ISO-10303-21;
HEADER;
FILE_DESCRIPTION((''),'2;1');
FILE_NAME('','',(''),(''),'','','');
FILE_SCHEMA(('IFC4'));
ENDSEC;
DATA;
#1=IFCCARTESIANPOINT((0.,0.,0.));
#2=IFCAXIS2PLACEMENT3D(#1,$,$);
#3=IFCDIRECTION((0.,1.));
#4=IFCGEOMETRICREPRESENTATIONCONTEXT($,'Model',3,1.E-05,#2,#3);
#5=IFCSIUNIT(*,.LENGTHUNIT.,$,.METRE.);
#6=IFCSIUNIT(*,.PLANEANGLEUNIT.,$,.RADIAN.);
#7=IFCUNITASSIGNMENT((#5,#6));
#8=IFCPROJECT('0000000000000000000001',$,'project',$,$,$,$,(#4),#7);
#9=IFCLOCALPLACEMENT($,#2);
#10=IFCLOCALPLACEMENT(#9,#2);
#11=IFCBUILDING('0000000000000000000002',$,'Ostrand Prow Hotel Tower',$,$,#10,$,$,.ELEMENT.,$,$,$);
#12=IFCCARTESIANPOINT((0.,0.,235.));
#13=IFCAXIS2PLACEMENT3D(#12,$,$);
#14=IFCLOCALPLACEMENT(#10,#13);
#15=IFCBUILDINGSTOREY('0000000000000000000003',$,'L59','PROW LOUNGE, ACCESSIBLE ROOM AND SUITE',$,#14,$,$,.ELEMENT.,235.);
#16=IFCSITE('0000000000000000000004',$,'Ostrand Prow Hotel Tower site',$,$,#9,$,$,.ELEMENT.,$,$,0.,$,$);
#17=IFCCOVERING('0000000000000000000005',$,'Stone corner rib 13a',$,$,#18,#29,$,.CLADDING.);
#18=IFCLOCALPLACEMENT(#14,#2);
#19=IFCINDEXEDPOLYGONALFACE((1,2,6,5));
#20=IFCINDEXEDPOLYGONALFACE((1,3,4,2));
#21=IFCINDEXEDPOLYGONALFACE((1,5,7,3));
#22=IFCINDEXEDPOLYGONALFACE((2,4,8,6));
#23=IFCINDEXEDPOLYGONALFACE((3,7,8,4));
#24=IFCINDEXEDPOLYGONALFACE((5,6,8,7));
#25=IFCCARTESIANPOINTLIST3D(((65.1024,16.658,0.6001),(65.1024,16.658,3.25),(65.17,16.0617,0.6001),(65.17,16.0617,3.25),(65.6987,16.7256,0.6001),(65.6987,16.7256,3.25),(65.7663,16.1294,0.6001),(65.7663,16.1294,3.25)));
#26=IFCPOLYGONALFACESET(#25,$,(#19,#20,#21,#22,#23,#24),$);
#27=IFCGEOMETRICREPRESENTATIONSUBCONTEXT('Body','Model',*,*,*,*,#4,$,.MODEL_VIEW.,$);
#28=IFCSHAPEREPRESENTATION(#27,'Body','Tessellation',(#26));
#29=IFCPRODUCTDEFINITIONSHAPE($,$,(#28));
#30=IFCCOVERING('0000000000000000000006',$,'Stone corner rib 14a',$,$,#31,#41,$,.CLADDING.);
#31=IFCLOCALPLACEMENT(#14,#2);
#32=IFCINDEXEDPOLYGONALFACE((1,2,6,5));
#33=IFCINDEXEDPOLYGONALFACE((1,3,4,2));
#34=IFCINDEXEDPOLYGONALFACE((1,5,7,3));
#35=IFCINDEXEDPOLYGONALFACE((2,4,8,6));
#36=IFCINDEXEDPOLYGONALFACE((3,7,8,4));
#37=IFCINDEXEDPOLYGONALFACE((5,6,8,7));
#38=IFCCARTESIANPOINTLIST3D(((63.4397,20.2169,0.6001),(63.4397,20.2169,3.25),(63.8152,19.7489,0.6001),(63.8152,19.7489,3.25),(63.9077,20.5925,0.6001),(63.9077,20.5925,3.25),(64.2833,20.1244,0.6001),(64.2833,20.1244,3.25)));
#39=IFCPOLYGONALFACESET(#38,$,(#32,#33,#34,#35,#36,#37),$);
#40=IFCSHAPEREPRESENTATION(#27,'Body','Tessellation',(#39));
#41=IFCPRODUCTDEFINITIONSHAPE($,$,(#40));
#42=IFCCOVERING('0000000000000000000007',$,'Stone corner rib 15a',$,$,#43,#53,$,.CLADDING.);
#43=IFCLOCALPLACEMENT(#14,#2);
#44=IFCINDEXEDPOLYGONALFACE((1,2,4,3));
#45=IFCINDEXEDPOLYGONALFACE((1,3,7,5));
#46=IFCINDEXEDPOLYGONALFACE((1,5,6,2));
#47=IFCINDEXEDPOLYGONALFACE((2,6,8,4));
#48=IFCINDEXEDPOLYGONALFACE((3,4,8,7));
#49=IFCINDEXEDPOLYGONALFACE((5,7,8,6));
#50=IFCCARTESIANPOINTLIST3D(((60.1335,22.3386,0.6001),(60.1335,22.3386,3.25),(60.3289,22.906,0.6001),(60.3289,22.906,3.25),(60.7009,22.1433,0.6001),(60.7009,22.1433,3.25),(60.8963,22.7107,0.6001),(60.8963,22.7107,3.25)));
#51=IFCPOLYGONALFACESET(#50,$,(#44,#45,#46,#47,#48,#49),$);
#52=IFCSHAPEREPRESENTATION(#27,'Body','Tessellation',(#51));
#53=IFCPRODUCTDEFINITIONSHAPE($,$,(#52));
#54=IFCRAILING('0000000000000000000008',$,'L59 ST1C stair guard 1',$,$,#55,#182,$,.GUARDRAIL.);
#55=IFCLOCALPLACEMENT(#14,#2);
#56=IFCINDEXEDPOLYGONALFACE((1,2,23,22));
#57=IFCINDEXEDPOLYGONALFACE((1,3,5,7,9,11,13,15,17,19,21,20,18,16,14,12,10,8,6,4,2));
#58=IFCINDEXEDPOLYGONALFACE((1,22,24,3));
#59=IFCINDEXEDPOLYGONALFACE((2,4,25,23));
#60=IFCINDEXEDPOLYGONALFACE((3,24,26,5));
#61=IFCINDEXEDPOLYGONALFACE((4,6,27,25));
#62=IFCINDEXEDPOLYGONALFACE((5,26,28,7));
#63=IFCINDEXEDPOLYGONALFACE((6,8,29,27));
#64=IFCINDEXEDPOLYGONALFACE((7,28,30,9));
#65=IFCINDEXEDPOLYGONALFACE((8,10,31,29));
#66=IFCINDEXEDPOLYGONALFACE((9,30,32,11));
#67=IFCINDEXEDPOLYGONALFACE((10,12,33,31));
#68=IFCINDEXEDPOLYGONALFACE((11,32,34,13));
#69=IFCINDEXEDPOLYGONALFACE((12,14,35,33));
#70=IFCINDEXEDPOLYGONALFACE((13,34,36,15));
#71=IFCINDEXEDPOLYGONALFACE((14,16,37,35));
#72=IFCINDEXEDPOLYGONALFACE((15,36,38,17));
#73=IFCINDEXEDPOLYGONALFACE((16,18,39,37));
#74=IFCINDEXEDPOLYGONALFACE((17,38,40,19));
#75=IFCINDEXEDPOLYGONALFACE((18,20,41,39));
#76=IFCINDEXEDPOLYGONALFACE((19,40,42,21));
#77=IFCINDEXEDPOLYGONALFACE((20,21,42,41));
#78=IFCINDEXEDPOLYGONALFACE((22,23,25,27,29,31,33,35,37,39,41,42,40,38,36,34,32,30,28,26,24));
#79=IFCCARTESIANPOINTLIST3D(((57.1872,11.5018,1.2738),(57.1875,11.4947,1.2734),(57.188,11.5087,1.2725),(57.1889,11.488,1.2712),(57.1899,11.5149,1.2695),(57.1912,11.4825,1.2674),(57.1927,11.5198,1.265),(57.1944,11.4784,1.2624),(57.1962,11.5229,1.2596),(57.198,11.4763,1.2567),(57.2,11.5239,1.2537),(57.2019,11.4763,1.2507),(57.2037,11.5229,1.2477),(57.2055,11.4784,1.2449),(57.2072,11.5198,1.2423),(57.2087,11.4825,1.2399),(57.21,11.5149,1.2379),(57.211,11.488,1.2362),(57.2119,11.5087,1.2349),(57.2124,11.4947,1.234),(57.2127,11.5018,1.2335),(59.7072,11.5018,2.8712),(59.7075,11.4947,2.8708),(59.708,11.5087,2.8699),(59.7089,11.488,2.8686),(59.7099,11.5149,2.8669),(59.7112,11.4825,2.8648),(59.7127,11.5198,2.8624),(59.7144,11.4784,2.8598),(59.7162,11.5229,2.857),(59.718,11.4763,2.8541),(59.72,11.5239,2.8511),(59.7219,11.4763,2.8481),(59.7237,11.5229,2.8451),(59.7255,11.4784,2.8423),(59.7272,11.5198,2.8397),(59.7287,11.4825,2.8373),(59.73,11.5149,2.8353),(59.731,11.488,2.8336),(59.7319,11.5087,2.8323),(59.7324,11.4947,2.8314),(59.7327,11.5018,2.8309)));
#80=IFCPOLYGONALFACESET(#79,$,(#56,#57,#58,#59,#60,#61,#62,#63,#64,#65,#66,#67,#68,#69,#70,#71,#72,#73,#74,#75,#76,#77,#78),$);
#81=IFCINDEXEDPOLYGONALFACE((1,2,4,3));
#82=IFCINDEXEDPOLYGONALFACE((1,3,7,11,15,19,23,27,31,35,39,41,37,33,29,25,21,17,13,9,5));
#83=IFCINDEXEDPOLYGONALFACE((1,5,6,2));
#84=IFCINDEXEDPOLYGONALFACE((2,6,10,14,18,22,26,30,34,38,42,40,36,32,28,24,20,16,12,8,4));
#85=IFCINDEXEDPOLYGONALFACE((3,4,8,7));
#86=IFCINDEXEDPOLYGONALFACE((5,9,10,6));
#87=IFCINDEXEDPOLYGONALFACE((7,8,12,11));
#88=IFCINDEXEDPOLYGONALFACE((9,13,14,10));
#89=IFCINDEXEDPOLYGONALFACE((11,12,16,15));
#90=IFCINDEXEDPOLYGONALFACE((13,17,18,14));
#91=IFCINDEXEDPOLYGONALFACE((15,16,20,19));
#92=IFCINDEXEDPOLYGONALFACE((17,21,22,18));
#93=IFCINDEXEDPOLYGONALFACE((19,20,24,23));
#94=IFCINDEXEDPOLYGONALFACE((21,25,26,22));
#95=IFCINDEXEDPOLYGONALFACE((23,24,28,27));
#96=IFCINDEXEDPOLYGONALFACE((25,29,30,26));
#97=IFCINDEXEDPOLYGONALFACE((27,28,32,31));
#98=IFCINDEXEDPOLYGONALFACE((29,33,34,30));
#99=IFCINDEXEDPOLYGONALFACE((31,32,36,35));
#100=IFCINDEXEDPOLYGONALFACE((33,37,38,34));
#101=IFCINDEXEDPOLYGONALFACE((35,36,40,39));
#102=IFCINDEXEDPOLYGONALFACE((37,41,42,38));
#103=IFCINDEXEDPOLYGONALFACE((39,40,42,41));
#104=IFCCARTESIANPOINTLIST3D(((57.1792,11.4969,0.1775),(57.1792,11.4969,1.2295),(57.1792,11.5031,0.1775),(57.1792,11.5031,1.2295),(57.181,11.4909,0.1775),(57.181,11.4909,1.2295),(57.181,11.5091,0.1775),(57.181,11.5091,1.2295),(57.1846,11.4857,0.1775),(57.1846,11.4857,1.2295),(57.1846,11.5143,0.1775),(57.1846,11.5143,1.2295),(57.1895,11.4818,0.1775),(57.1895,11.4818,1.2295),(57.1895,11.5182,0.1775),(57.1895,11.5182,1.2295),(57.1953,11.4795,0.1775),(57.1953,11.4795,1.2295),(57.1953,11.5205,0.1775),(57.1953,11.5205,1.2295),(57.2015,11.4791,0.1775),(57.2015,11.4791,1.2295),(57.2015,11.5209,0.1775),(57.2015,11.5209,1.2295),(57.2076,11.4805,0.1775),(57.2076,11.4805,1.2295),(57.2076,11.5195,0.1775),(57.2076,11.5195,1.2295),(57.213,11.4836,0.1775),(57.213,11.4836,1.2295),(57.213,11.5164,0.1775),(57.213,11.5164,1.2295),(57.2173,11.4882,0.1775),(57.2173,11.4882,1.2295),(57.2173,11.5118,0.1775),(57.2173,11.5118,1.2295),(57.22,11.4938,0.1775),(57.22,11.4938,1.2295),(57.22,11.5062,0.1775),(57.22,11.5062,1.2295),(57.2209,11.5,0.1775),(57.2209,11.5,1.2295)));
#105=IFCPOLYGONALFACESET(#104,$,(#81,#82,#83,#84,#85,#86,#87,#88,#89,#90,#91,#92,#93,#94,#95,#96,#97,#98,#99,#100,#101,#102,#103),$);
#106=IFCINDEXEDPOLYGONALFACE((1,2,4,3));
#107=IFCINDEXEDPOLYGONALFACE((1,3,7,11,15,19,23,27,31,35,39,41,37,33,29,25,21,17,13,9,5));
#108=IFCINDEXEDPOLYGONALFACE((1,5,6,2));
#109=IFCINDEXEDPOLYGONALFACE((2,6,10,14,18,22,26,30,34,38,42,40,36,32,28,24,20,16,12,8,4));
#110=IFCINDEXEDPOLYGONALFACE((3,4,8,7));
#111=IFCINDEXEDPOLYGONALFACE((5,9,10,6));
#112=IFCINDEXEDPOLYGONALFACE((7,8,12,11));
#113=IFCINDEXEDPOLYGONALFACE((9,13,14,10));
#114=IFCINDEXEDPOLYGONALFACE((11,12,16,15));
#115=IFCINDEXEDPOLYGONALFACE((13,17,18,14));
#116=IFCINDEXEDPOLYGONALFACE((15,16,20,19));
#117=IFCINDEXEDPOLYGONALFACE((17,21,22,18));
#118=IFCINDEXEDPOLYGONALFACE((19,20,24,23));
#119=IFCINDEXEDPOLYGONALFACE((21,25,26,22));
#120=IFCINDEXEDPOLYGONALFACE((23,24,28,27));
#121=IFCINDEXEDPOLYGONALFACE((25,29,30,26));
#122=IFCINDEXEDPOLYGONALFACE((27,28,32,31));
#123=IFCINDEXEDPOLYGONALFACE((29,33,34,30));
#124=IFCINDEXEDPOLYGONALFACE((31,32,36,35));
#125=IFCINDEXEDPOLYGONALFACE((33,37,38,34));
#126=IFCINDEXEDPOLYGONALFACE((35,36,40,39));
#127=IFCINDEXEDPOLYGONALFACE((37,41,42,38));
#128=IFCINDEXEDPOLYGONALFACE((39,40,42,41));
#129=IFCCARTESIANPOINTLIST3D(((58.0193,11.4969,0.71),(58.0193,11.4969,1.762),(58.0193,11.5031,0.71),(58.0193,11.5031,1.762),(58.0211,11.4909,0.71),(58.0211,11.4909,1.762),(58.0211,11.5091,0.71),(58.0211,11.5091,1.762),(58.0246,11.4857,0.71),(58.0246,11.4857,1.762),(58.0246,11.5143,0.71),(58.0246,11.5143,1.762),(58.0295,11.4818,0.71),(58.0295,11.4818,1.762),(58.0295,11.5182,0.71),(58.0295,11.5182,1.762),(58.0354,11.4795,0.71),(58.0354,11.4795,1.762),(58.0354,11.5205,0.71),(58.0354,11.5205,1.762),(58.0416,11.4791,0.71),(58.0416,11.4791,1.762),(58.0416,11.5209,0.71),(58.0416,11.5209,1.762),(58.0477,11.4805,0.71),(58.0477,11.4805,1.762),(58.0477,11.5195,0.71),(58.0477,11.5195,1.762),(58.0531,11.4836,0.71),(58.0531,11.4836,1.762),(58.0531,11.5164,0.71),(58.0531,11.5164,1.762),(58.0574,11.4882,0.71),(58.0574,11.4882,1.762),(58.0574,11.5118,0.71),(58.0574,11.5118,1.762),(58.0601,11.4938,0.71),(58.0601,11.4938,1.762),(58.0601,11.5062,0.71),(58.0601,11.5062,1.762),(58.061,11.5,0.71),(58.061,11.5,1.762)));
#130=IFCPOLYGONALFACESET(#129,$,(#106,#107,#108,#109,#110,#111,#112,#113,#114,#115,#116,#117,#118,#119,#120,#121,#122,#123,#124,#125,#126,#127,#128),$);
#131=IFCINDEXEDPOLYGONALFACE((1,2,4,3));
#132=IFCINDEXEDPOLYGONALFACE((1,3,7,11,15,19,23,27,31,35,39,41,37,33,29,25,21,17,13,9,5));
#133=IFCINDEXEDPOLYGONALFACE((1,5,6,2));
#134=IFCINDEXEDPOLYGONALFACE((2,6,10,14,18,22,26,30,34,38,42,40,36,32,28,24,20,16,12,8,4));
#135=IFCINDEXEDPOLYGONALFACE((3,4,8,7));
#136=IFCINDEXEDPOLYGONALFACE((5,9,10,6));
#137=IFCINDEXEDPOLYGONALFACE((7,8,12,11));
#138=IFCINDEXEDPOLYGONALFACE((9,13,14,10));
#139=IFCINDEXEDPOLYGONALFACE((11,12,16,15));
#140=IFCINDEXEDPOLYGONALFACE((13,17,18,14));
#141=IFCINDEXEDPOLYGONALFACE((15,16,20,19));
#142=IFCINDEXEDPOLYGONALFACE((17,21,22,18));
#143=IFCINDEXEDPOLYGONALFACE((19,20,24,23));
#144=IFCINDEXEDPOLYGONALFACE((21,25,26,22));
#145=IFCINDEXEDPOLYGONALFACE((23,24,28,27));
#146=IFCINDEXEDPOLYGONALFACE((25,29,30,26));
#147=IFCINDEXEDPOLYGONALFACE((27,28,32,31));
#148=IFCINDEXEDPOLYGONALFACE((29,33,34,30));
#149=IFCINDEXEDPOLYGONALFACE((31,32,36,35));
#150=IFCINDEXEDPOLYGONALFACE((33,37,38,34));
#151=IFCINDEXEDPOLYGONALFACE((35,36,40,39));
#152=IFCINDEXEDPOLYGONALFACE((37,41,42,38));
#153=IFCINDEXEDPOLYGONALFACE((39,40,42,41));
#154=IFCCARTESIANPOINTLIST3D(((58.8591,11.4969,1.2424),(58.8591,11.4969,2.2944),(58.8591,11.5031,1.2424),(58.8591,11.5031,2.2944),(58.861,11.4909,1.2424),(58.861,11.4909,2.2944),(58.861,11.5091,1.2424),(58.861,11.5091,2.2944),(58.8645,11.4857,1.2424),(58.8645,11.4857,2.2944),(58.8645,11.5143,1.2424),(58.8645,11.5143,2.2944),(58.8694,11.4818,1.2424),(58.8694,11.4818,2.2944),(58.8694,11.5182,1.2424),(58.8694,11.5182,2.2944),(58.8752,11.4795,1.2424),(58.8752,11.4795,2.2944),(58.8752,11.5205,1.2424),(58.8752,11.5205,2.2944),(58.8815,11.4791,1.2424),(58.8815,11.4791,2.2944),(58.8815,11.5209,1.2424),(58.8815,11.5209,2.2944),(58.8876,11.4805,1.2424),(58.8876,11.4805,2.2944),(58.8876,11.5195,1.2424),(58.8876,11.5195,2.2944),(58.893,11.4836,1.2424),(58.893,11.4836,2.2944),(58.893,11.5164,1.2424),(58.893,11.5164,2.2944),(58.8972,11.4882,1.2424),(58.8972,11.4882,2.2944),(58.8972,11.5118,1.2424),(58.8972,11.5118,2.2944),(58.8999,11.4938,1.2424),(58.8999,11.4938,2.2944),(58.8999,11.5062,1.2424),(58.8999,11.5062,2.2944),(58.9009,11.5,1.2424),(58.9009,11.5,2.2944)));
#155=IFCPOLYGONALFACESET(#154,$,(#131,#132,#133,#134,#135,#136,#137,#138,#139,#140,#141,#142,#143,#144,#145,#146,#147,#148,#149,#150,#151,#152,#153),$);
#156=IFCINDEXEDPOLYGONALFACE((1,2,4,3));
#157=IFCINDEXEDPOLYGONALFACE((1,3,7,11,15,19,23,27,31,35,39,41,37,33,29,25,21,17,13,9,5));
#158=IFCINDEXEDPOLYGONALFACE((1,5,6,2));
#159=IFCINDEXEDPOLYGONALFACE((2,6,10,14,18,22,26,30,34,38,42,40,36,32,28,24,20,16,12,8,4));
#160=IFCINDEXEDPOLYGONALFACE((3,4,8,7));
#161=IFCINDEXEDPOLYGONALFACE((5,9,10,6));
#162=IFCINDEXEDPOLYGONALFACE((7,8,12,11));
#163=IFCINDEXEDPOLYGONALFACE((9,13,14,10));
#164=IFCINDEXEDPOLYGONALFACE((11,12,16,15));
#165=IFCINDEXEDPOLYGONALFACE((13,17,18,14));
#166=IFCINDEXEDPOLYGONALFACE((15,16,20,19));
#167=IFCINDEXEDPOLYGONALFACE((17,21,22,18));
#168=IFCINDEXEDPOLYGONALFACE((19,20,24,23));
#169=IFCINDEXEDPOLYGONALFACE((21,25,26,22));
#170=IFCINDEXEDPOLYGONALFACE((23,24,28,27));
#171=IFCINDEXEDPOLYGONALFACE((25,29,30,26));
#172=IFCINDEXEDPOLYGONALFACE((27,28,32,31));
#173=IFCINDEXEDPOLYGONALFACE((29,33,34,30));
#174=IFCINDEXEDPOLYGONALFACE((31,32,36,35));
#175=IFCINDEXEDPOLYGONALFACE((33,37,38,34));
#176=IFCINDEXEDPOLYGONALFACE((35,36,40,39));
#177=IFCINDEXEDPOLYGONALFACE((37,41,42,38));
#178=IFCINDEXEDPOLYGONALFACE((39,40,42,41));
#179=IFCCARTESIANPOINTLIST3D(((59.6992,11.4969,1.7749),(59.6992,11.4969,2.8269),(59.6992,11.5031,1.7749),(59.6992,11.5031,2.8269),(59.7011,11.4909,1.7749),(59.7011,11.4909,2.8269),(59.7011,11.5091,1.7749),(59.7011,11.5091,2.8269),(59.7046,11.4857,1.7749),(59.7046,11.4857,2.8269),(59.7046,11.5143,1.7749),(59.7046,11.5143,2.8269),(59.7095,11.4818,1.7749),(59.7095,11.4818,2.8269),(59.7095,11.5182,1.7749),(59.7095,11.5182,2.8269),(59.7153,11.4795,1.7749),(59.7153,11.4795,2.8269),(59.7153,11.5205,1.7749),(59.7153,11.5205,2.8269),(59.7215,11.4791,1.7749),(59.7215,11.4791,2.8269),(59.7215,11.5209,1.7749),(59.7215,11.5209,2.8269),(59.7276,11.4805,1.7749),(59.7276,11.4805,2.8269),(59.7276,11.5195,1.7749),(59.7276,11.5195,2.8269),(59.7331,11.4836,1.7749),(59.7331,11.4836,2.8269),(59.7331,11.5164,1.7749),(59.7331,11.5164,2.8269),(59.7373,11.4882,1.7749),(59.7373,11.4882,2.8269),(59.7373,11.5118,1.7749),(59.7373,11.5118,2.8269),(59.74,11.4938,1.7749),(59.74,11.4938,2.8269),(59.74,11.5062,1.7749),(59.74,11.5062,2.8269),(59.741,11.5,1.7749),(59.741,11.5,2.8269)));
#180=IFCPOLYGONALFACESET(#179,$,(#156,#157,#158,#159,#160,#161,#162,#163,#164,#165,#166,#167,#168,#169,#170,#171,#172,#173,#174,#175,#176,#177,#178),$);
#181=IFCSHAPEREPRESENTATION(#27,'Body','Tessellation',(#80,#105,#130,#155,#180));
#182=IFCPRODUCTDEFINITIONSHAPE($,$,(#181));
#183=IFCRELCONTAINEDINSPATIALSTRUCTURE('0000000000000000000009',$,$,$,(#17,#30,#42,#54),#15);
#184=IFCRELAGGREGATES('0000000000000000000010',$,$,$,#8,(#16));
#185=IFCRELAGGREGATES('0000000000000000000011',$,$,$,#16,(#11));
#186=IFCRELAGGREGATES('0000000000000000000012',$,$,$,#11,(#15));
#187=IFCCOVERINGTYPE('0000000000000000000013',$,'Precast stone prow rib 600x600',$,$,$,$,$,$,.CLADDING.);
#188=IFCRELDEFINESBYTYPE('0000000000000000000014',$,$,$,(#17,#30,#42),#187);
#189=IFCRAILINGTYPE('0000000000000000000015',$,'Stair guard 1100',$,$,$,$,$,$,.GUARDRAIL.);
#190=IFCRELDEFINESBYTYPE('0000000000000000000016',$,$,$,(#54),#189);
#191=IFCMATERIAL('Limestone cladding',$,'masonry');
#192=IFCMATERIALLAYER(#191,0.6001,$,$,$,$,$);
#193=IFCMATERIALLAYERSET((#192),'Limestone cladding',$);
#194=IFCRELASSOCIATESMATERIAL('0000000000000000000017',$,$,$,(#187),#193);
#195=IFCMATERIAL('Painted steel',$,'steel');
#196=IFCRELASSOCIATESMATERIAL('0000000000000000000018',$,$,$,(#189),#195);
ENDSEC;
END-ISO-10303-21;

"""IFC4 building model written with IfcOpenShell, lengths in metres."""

from ifc_helpers import new_model, si_unit, direction, frame, frame_2d, origin, origin_2d, place, context, subcontext, project, spatial, rectangle, circle, extrude, material, layer, layer_set, type_object, element, save


model = new_model("IFC4")

# Units and contexts
model_context = context("Model", 3, precision=1e-05, world=origin(), true_north=direction((0.0, 1.0)))
body_context = subcontext(model_context, "Body", "Model", "MODEL_VIEW")
ifc_project = project(units=[si_unit("LENGTHUNIT", "METRE"), si_unit("PLANEANGLEUNIT", "RADIAN")], contexts=[model_context])

# Site, building, storey
site_placement = place(None, origin())
site = spatial("IfcSite", under=ifc_project, at=site_placement, Name="Ostrand Prow Hotel Tower site", CompositionType="ELEMENT", RefElevation=0.0)
building_placement = place(site_placement, origin())
building = spatial("IfcBuilding", under=site, at=building_placement, Name="Ostrand Prow Hotel Tower", CompositionType="ELEMENT")
storey_placement = place(building_placement, frame((0.0, 0.0, 235.0)))
storey = spatial("IfcBuildingStorey", under=building, at=storey_placement, Name="L59", Description="PROW LOUNGE, ACCESSIBLE ROOM AND SUITE", CompositionType="ELEMENT", Elevation=235.0)

# Coverings
ifc_material_1 = material(Name="Limestone cladding", Category="masonry")
ifc_layer_1 = layer(ifc_material_1, 0.6001)
ifc_layer_set_1 = layer_set([ifc_layer_1], Name="Limestone cladding")
covering_type = type_object("IfcCoveringType", Name="Precast stone prow rib 600x600", PredefinedType="CLADDING", material=ifc_layer_set_1)
for number, where, z_axis, x_axis, name in (
    (1, (65.1362, 16.3599, 0.6001), (0.0, 0.0, 1.0), (0.993628, 0.112709, 0.0), "Stone corner rib 13a"),
    (2, (63.6274, 19.9829, 0.6001), (0.0, 0.0, 1.0), (0.779995, 0.625786, 0.0), "Stone corner rib 14a"),
    (3, (60.4172, 22.241, 0.6001), (0.0, 0.0, 1.0), (0.325489, 0.945546, 0.0), "Stone corner rib 15a"),
):
    element("IfcCovering", number, at=place(storey_placement, frame(where, z_axis=z_axis, x_axis=x_axis)), inside=storey, type_object=covering_type, Name=name, PredefinedType="CLADDING", context=body_context, shape_type="SweptSolid", body=[
        extrude(rectangle(XDim=0.6001, YDim=0.6001, at=frame_2d((0.3, 0.0))), origin(), (0.0, 0.0, 1.0), 2.6499),
    ])

# Railing
ifc_material_2 = material(Name="Painted steel", Category="steel")
railing_type_1 = type_object("IfcRailingType", Name="Stair guard 1100", PredefinedType="GUARDRAIL", material=ifc_material_2)
railing_1_placement = place(storey_placement, frame((57.2, 11.5, 0.1775)))
element("IfcRailing", 4, at=railing_1_placement, inside=storey, type_object=railing_type_1, Name="L59 ST1C stair guard 1", PredefinedType="GUARDRAIL", context=body_context, shape_type="SweptSolid", body=[
    extrude(circle(Radius=0.0239, at=origin_2d()), frame((0.0, 0.0, 1.0762), z_axis=(0.844607, 0.0, 0.535387), x_axis=(0.0, 1.0, 0.0)), (0.0, 0.0, 1.0), 2.9836),
    extrude(circle(Radius=0.021, at=origin_2d()), origin(), (0.0, 0.0, 1.0), 1.052),
    extrude(circle(Radius=0.021, at=origin_2d()), frame((0.8401, 0.0, 0.5325)), (0.0, 0.0, 1.0), 1.052),
    extrude(circle(Radius=0.021, at=origin_2d()), frame((1.6799, 0.0, 1.0649)), (0.0, 0.0, 1.0), 1.052),
    extrude(circle(Radius=0.021, at=origin_2d()), frame((2.52, 0.0, 1.5974)), (0.0, 0.0, 1.0), 1.052),
])

save(model, "model.ifc")
